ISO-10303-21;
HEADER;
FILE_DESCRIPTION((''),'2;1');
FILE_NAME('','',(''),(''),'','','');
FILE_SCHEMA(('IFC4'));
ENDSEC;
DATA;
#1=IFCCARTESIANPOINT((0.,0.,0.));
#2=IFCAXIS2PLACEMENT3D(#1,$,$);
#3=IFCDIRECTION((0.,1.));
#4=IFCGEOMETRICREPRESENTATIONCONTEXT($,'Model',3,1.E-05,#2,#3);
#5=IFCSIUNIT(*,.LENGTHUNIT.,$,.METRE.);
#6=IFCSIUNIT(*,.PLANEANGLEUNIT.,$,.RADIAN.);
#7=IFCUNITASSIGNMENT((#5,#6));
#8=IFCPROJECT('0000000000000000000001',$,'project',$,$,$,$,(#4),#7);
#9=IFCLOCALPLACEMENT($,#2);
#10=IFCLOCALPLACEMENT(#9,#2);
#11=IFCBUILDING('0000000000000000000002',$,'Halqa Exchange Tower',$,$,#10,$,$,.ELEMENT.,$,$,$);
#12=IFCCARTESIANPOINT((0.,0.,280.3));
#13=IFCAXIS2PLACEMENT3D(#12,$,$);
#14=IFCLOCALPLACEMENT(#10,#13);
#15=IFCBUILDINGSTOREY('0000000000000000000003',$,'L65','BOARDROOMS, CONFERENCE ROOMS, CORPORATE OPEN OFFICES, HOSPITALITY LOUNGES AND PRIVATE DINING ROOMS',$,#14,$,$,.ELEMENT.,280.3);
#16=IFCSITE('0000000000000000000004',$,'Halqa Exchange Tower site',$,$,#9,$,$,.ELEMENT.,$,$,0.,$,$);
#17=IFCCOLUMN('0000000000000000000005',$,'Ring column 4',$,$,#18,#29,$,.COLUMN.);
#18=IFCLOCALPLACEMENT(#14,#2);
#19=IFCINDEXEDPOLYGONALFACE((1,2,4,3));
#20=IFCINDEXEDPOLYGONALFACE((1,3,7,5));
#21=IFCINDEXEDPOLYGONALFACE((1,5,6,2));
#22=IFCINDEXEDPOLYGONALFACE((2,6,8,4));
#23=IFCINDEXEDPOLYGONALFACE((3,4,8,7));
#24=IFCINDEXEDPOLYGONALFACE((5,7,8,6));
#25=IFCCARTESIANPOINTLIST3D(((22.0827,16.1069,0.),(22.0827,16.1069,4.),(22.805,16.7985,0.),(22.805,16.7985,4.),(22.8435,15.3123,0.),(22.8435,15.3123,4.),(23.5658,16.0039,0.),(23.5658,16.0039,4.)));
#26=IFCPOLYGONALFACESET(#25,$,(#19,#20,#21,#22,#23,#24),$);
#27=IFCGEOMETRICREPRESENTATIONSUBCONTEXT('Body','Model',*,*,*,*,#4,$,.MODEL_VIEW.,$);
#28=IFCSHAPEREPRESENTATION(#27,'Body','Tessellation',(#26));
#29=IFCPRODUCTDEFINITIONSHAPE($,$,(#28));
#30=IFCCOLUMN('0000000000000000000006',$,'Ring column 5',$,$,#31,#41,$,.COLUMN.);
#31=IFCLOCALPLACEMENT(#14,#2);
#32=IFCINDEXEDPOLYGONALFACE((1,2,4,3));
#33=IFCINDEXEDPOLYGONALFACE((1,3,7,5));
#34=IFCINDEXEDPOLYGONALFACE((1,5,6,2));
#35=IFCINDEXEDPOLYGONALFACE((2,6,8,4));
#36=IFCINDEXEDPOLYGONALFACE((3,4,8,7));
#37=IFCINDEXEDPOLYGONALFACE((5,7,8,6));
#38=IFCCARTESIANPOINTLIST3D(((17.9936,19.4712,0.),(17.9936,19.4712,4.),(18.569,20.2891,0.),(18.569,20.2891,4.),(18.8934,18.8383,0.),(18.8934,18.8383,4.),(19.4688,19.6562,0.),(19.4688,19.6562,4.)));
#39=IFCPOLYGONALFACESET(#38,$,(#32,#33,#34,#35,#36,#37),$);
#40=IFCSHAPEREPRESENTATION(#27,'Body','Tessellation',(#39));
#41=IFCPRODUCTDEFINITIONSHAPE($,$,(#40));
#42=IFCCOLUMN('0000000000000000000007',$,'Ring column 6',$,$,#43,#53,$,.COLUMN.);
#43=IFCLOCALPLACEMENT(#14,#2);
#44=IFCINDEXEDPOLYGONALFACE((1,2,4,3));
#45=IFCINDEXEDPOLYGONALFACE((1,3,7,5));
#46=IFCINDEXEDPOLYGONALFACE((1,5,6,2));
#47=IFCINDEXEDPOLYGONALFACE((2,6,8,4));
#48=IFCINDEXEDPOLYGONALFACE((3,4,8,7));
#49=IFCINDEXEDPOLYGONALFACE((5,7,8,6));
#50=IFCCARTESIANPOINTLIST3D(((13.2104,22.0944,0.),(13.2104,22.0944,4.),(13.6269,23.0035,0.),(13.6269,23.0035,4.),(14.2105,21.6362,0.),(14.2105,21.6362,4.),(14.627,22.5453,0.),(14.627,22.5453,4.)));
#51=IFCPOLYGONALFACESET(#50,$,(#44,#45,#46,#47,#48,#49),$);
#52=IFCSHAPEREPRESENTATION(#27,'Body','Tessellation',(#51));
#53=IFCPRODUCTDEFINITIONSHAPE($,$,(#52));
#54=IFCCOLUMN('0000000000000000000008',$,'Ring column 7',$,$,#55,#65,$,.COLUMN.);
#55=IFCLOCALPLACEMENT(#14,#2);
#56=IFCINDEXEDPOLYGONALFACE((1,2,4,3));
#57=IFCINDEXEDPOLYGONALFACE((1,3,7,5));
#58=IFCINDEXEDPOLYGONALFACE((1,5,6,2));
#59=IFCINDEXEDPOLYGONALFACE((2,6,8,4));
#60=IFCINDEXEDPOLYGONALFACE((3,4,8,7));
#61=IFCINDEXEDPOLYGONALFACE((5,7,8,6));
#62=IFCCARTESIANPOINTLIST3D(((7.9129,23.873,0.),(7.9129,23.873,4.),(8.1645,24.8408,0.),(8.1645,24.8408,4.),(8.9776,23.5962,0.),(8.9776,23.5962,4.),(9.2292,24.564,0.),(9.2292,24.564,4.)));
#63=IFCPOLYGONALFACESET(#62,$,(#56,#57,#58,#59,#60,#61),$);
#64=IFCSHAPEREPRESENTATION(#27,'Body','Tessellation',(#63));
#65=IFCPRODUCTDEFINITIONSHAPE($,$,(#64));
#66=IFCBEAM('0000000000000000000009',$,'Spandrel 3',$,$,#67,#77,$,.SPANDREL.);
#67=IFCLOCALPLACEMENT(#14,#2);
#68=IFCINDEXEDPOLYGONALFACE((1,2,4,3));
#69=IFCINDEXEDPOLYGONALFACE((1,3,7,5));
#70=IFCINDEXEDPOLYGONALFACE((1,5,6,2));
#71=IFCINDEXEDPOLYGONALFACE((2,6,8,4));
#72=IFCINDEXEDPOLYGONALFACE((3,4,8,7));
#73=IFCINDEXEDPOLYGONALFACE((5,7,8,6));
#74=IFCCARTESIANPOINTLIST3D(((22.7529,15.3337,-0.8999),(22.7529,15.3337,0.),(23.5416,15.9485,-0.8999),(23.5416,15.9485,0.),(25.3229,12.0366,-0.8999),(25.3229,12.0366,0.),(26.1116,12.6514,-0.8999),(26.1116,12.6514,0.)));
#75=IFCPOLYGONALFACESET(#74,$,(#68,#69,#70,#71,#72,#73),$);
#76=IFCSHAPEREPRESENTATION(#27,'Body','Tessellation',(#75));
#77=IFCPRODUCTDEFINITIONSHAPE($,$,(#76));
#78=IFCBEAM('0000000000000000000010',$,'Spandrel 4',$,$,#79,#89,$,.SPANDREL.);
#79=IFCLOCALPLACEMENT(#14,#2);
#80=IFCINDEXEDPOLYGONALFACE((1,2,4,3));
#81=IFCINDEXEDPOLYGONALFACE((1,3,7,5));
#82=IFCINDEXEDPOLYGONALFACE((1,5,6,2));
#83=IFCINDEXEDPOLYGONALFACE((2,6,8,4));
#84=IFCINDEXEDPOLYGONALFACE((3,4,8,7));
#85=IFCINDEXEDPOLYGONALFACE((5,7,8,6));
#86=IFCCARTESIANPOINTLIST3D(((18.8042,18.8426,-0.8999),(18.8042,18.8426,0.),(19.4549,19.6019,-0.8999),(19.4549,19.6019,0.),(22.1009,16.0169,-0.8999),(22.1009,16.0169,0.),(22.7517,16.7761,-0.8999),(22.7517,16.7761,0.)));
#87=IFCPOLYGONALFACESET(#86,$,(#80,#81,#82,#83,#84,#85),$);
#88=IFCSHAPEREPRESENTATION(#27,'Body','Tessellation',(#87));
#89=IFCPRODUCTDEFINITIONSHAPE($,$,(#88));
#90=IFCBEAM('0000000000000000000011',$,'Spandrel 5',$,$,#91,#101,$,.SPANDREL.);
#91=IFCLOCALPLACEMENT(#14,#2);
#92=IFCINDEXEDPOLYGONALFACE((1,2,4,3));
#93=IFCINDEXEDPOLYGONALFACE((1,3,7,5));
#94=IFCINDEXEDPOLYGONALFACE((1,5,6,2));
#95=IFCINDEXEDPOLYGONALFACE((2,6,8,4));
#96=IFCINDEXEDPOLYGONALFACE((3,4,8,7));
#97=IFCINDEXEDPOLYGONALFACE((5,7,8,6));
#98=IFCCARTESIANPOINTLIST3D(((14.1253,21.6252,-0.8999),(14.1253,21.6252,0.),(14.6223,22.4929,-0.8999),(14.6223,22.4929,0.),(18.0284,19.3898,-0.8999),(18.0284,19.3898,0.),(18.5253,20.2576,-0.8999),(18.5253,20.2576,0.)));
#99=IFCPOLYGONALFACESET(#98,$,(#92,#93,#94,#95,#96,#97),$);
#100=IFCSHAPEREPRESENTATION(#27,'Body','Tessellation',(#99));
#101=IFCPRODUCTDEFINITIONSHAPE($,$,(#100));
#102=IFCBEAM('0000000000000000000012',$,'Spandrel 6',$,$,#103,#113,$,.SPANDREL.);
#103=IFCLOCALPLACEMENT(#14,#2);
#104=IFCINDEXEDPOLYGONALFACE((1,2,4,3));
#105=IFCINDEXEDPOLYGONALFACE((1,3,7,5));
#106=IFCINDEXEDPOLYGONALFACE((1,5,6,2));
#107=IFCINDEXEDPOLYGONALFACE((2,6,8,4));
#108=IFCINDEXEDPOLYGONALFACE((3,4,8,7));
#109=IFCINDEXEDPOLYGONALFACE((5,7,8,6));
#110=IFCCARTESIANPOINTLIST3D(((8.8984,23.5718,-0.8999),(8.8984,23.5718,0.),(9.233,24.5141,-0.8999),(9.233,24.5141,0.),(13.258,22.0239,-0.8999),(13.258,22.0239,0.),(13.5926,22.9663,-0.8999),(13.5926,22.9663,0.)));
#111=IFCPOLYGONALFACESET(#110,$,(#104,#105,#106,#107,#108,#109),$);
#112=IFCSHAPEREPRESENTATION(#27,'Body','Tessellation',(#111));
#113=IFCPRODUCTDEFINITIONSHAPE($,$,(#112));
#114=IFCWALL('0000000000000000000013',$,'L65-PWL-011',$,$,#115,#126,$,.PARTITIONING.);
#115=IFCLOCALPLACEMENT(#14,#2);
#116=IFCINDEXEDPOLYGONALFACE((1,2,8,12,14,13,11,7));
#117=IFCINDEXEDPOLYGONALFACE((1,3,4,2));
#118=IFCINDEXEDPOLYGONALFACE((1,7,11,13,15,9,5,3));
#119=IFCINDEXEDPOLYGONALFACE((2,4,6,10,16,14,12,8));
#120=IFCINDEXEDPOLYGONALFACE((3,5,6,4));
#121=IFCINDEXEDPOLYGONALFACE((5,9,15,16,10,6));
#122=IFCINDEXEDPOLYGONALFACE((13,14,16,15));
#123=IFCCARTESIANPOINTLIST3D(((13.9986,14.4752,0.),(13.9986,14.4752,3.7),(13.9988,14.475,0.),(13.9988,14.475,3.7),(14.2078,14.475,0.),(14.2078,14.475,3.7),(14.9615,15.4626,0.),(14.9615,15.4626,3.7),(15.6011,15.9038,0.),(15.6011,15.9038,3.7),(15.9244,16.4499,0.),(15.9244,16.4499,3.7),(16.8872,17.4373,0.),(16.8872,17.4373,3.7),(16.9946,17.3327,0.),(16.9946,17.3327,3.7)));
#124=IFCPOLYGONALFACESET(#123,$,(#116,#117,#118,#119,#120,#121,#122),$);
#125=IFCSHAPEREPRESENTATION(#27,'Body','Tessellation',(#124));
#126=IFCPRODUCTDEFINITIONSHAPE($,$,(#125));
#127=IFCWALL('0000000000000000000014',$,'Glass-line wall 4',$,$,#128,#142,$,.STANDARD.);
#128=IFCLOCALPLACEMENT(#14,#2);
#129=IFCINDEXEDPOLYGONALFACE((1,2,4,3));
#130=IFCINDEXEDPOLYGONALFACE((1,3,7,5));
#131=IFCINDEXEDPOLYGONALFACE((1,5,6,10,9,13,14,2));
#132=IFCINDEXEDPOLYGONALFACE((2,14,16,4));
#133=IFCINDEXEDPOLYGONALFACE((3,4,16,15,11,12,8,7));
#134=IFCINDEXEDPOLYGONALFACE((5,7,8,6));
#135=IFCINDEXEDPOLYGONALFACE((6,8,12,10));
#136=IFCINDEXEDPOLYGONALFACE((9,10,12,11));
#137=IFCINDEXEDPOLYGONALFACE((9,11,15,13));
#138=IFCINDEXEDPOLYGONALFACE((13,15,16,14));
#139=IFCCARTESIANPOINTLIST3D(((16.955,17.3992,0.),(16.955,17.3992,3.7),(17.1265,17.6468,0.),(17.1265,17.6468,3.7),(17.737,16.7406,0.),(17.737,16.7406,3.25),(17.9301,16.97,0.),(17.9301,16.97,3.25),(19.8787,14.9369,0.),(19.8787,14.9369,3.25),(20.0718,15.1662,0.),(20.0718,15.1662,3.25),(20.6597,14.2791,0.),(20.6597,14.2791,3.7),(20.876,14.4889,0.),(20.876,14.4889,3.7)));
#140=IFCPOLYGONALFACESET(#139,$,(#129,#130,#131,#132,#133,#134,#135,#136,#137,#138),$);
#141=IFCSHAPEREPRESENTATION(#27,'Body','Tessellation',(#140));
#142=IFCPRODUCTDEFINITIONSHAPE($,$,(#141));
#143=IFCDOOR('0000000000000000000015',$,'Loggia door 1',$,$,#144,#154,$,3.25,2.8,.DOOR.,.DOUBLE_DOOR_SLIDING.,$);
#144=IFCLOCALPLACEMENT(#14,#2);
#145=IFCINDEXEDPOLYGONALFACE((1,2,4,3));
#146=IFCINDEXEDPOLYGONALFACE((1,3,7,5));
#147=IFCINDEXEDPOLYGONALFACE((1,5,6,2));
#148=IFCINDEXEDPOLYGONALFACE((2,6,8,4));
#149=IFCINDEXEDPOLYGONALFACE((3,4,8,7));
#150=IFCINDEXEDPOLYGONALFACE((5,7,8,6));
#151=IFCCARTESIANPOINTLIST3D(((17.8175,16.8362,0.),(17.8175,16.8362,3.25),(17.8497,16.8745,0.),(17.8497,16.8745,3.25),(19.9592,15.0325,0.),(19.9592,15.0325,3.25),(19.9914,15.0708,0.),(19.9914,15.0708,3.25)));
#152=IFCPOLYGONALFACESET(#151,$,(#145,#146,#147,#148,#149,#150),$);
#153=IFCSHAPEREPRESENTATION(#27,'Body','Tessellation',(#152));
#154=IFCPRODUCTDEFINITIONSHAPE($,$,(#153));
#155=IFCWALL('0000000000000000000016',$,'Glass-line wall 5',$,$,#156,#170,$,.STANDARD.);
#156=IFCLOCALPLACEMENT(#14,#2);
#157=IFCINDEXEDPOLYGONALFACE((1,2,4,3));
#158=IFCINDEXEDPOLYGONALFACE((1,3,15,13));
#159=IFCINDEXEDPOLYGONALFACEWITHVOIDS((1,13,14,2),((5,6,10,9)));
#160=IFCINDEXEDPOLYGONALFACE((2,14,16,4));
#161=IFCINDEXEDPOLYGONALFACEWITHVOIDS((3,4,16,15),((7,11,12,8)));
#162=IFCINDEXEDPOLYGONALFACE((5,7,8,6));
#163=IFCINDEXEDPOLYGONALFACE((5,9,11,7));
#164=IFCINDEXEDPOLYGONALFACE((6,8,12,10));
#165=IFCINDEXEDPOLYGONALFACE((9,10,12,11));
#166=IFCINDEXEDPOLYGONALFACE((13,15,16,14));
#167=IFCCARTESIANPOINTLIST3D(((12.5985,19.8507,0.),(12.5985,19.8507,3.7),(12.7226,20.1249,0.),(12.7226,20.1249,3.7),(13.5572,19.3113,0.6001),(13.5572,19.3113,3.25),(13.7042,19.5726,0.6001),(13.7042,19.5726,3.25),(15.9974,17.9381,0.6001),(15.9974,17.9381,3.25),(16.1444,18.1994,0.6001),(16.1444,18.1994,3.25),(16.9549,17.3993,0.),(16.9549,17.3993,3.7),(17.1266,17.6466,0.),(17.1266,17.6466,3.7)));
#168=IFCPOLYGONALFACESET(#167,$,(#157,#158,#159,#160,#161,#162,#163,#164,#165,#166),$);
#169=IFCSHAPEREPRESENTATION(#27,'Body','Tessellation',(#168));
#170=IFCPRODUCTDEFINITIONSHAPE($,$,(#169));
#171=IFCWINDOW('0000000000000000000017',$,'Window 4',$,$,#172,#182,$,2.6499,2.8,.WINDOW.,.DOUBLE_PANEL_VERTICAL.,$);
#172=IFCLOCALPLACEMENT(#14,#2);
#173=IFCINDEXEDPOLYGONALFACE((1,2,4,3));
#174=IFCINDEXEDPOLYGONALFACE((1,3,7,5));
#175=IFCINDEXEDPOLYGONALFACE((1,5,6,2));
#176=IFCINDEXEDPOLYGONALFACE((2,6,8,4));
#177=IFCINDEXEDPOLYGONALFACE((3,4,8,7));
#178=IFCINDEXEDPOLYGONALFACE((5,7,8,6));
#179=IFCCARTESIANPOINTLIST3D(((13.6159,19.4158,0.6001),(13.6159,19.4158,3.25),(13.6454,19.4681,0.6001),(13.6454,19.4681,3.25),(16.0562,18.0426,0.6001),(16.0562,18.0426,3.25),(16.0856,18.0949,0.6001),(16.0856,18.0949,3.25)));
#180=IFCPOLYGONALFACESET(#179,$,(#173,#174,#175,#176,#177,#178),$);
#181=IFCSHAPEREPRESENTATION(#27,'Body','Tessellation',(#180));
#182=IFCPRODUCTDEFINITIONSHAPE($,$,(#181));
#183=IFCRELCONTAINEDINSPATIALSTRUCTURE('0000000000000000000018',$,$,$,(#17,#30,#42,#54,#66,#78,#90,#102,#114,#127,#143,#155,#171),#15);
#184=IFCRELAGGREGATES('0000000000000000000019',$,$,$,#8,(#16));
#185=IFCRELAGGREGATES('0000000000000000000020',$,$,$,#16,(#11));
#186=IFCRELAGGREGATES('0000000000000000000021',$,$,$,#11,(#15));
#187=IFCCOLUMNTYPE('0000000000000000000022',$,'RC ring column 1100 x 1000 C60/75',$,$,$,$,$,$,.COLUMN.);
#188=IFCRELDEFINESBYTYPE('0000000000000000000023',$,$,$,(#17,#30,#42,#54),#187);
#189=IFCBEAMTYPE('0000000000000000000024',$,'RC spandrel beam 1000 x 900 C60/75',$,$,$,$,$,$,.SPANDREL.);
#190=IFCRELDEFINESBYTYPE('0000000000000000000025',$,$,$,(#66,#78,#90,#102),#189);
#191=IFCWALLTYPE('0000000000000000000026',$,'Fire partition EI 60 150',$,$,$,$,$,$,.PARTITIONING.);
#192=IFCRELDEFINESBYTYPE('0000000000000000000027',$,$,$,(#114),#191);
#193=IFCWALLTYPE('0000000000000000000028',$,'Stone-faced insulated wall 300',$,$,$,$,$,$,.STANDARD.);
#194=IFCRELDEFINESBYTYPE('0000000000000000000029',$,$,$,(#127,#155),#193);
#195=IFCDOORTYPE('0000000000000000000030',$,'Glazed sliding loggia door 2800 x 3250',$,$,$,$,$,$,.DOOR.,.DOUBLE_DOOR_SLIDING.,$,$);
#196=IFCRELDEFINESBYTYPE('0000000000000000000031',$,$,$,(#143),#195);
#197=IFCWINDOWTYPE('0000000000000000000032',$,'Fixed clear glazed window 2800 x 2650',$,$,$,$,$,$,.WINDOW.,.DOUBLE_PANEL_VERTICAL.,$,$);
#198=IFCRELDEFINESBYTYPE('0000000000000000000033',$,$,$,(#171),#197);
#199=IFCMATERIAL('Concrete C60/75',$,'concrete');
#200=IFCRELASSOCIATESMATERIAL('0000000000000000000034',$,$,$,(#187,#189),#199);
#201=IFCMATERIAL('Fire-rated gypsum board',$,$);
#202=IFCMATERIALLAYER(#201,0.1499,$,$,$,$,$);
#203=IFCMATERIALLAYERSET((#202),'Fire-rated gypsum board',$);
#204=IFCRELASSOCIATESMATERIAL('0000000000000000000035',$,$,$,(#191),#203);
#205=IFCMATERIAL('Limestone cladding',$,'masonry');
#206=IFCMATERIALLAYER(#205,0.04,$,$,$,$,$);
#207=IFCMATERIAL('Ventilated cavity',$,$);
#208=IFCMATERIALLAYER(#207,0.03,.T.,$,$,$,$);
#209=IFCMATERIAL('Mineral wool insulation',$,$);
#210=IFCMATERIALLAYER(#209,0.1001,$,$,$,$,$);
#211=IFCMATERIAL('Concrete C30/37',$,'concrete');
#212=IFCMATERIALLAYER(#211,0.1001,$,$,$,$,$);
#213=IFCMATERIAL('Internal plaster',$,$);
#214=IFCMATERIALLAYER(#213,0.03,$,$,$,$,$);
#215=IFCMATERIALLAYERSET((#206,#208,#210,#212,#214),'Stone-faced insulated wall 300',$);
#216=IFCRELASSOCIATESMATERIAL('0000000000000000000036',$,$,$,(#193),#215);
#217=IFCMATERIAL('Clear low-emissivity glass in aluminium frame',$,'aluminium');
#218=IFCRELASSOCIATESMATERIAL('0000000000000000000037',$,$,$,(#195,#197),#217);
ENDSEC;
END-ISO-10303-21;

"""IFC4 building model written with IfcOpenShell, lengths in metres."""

from ifc_helpers import new_model, si_unit, direction, frame, frame_2d, origin, origin_2d, place, context, subcontext, project, spatial, polyline, rectangle, outline, extrude, material, layer, layer_set, material_profile, profile_set, type_object, element, fill, save


model = new_model("IFC4")

# Units and contexts
model_context = context("Model", 3, precision=1e-05, world=origin(), true_north=direction((0.0, 1.0)))
body_context = subcontext(model_context, "Body", "Model", "MODEL_VIEW")
ifc_project = project(units=[si_unit("LENGTHUNIT", "METRE"), si_unit("PLANEANGLEUNIT", "RADIAN")], contexts=[model_context])

# Site, building, storey
site_placement = place(None, origin())
site = spatial("IfcSite", under=ifc_project, at=site_placement, Name="Halqa Exchange Tower site", CompositionType="ELEMENT", RefElevation=0.0)
building_placement = place(site_placement, origin())
building = spatial("IfcBuilding", under=site, at=building_placement, Name="Halqa Exchange Tower", CompositionType="ELEMENT")
storey_placement = place(building_placement, frame((0.0, 0.0, 280.3)))
storey = spatial("IfcBuildingStorey", under=building, at=storey_placement, Name="L65", Description="BOARDROOMS, CONFERENCE ROOMS, CORPORATE OPEN OFFICES, HOSPITALITY LOUNGES AND PRIVATE DINING ROOMS", CompositionType="ELEMENT", Elevation=280.3)

# Columns
ifc_material_1 = material(Name="Concrete C60/75", Category="concrete")
ifc_material_profile_1 = material_profile(ifc_material_1, rectangle(XDim=1.1001, YDim=1.0, at=origin_2d()), Name="1100 x 1000")
ifc_profile_set_1 = profile_set([ifc_material_profile_1], Name="Concrete C60/75")
column_type = type_object("IfcColumnType", Name="RC ring column 1100 x 1000 C60/75", PredefinedType="COLUMN", material=ifc_profile_set_1)
for number, where, z_axis, x_axis, name in (
    (1, (22.8242, 16.0554, 0.0), (0.0, 0.0, 1.0), (-0.691577, 0.722302, 0.0), "Ring column 4"),
    (2, (18.7312, 19.5637, 0.0), (0.0, 0.0, 1.0), (-0.817907, 0.575351, 0.0), "Ring column 5"),
    (3, (13.9187, 22.3198, 0.0), (0.0, 0.0, 1.0), (-0.909129, 0.416514, 0.0), "Ring column 6"),
    (4, (8.571, 24.2185, 0.0), (0.0, 0.0, 1.0), (-0.96782, 0.251644, 0.0), "Ring column 7"),
):
    element("IfcColumn", number, at=place(storey_placement, frame(where, z_axis=z_axis, x_axis=x_axis)), inside=storey, type_object=column_type, Name=name, PredefinedType="COLUMN", context=body_context, shape_type="SweptSolid", body=[
        extrude(rectangle(XDim=1.1001, YDim=1.0, at=origin_2d()), origin(), (0.0, 0.0, 1.0), 4.0),
    ])

# Beams
ifc_material_profile_2 = material_profile(ifc_material_1, rectangle(XDim=1.0, YDim=0.8999, at=origin_2d()), Name="1000 x 900")
ifc_profile_set_2 = profile_set([ifc_material_profile_2], Name="Concrete C60/75")
beam_type = type_object("IfcBeamType", Name="RC spandrel beam 1000 x 900 C60/75", PredefinedType="SPANDREL", material=ifc_profile_set_2)
beam_1_placement = place(storey_placement, frame((25.7173, 12.344, -0.45), z_axis=(-0.614781, 0.788698, 0.0), x_axis=(-0.788698, -0.614781, 0.0)))
element("IfcBeam", 5, at=beam_1_placement, inside=storey, type_object=beam_type, Name="Spandrel 3", PredefinedType="SPANDREL", context=body_context, shape_type="SweptSolid", body=[
    extrude(rectangle(XDim=1.0, YDim=0.8999, at=origin_2d()), origin(), (0.0, 0.0, 1.0), 4.1804),
])
beam_2_placement = place(storey_placement, frame((22.4263, 16.3965, -0.45), z_axis=(-0.759257, 0.650791, 0.0), x_axis=(-0.650791, -0.759257, 0.0)))
element("IfcBeam", 6, at=beam_2_placement, inside=storey, type_object=beam_type, Name="Spandrel 4", PredefinedType="SPANDREL", context=body_context, shape_type="SweptSolid", body=[
    extrude(rectangle(XDim=1.0, YDim=0.8999, at=origin_2d()), origin(), (0.0, 0.0, 1.0), 4.342),
])
beam_3_placement = place(storey_placement, frame((18.2769, 19.8237, -0.45), z_axis=(-0.867762, 0.49698, 0.0), x_axis=(-0.49698, -0.867762, 0.0)))
element("IfcBeam", 7, at=beam_3_placement, inside=storey, type_object=beam_type, Name="Spandrel 5", PredefinedType="SPANDREL", context=body_context, shape_type="SweptSolid", body=[
    extrude(rectangle(XDim=1.0, YDim=0.8999, at=origin_2d()), origin(), (0.0, 0.0, 1.0), 4.4978),
])
beam_4_placement = place(storey_placement, frame((13.4253, 22.4951, -0.45), z_axis=(-0.942367, 0.334581, 0.0), x_axis=(-0.334581, -0.942367, 0.0)))
element("IfcBeam", 8, at=beam_4_placement, inside=storey, type_object=beam_type, Name="Spandrel 6", PredefinedType="SPANDREL", context=body_context, shape_type="SweptSolid", body=[
    extrude(rectangle(XDim=1.0, YDim=0.8999, at=origin_2d()), origin(), (0.0, 0.0, 1.0), 4.6262),
])

# Wall
ifc_material_2 = material(Name="Fire-rated gypsum board")
ifc_layer_1 = layer(ifc_material_2, 0.1499)
ifc_layer_set_1 = layer_set([ifc_layer_1], Name="Fire-rated gypsum board")
wall_type_1 = type_object("IfcWallType", Name="Fire partition EI 60 150", PredefinedType="PARTITIONING", material=ifc_layer_set_1)
wall_1_placement = place(storey_placement, frame((14.0522, 14.4229, 0.0), z_axis=(0.0, 0.0, 1.0), x_axis=(0.69817, 0.715932, 0.0)))
element("IfcWall", 9, at=wall_1_placement, inside=storey, type_object=wall_type_1, Name="L65-PWL-011", PredefinedType="PARTITIONING", context=body_context, shape_type="SweptSolid", body=[
    extrude(outline(polyline([(4.1375, -0.075), (4.1375, 0.075), (4.1375, 0.075), (2.7583, 0.075), (1.3792, 0.075), (0.0, 0.075), (0.0, 0.0747), (0.146, -0.075), (2.1416, -0.075), (4.1375, -0.075)])), origin(), (0.0, 0.0, 1.0), 3.7),
])

# Wall, opening, door
ifc_material_3 = material(Name="Limestone cladding", Category="masonry")
ifc_layer_2 = layer(ifc_material_3, 0.04)
ifc_material_4 = material(Name="Ventilated cavity")
ifc_layer_3 = layer(ifc_material_4, 0.03, ventilated=True)
ifc_material_5 = material(Name="Mineral wool insulation")
ifc_layer_4 = layer(ifc_material_5, 0.1001)
ifc_material_6 = material(Name="Concrete C30/37", Category="concrete")
ifc_layer_5 = layer(ifc_material_6, 0.1001)
ifc_material_7 = material(Name="Internal plaster")
ifc_layer_6 = layer(ifc_material_7, 0.03)
ifc_layer_set_2 = layer_set([ifc_layer_2, ifc_layer_3, ifc_layer_4, ifc_layer_5, ifc_layer_6], Name="Stone-faced insulated wall 300")
wall_type_2 = type_object("IfcWallType", Name="Stone-faced insulated wall 300", PredefinedType="STANDARD", material=ifc_layer_set_2)
wall_2_placement = place(storey_placement, frame((20.7678, 14.384, 0.0), z_axis=(0.0, 0.0, 1.0), x_axis=(-0.764876, 0.644177, 0.0)))
wall_2 = element("IfcWall", 10, at=wall_2_placement, inside=storey, type_object=wall_type_2, Name="Glass-line wall 4", PredefinedType="STANDARD", context=body_context, shape_type="SweptSolid", body=[
    extrude(outline(polyline([(-0.0151, -0.1499), (4.887, -0.1499), (4.8586, 0.1499), (0.0151, 0.1499), (-0.0151, -0.1499)])), origin(), (0.0, 0.0, 1.0), 3.7),
])
opening_1_placement = place(wall_2_placement, frame((1.0364, 0.0, 0.0)))
opening_1 = element("IfcOpeningElement", 11, at=opening_1_placement, cuts=wall_2, PredefinedType="OPENING", context=body_context, shape_type="SweptSolid", body=[
    extrude(rectangle(XDim=2.8, YDim=3.25, at=frame_2d((1.3999, 1.625))), frame((0.0, 0.1621, 0.0), z_axis=(0.0, -1.0, 0.0), x_axis=(1.0, 0.0, 0.0)), (0.0, 0.0, 1.0), 0.324),
])
ifc_material_8 = material(Name="Clear low-emissivity glass in aluminium frame", Category="aluminium")
door_type = type_object("IfcDoorType", Name="Glazed sliding loggia door 2800 x 3250", OperationType="DOUBLE_DOOR_SLIDING", PredefinedType="DOOR", material=ifc_material_8)
door_placement = place(opening_1_placement, origin())
door = element("IfcDoor", 12, at=door_placement, inside=storey, type_object=door_type, Name="Loggia door 1", OperationType="DOUBLE_DOOR_SLIDING", OverallHeight=3.25, OverallWidth=2.8, PredefinedType="DOOR", context=body_context, shape_type="SweptSolid", body=[
    extrude(rectangle(XDim=2.8, YDim=3.25, at=frame_2d((1.3999, 1.625))), frame((0.0, 0.0249, 0.0), z_axis=(0.0, -1.0, 0.0), x_axis=(1.0, 0.0, 0.0)), (0.0, 0.0, 1.0), 0.05),
])
fill(opening_1, door)

# Wall, opening, window
wall_3_placement = place(storey_placement, frame((17.0408, 17.5229, 0.0), z_axis=(0.0, 0.0, 1.0), x_axis=(-0.871489, 0.490416, 0.0)))
wall_3 = element("IfcWall", 13, at=wall_3_placement, inside=storey, type_object=wall_type_2, Name="Glass-line wall 5", PredefinedType="STANDARD", context=body_context, shape_type="SweptSolid", body=[
    extrude(outline(polyline([(-0.0142, -0.1499), (5.0393, -0.1499), (5.0129, 0.1499), (0.0142, 0.1499), (-0.0142, -0.1499)])), origin(), (0.0, 0.0, 1.0), 3.7),
])
opening_2_placement = place(wall_3_placement, frame((1.113, 0.0, 0.6001)))
opening_2 = element("IfcOpeningElement", 14, at=opening_2_placement, cuts=wall_3, PredefinedType="OPENING", context=body_context, shape_type="SweptSolid", body=[
    extrude(rectangle(XDim=2.8, YDim=2.6499, at=frame_2d((1.3999, 1.325))), frame((0.0, 0.1621, 0.0), z_axis=(0.0, -1.0, 0.0), x_axis=(1.0, 0.0, 0.0)), (0.0, 0.0, 1.0), 0.324),
])
window_type = type_object("IfcWindowType", Name="Fixed clear glazed window 2800 x 2650", PartitioningType="DOUBLE_PANEL_VERTICAL", PredefinedType="WINDOW", material=ifc_material_8)
window_1_placement = place(opening_2_placement, origin())
window_1 = element("IfcWindow", 15, at=window_1_placement, inside=storey, type_object=window_type, Name="Window 4", OverallHeight=2.6499, OverallWidth=2.8, PartitioningType="DOUBLE_PANEL_VERTICAL", PredefinedType="WINDOW", context=body_context, shape_type="SweptSolid", body=[
    extrude(rectangle(XDim=2.8, YDim=2.6499, at=frame_2d((1.3999, 1.325))), frame((0.0, 0.03, 0.0), z_axis=(0.0, -1.0, 0.0), x_axis=(1.0, 0.0, 0.0)), (0.0, 0.0, 1.0), 0.0601),
])
fill(opening_2, window_1)

save(model, "model.ifc")
